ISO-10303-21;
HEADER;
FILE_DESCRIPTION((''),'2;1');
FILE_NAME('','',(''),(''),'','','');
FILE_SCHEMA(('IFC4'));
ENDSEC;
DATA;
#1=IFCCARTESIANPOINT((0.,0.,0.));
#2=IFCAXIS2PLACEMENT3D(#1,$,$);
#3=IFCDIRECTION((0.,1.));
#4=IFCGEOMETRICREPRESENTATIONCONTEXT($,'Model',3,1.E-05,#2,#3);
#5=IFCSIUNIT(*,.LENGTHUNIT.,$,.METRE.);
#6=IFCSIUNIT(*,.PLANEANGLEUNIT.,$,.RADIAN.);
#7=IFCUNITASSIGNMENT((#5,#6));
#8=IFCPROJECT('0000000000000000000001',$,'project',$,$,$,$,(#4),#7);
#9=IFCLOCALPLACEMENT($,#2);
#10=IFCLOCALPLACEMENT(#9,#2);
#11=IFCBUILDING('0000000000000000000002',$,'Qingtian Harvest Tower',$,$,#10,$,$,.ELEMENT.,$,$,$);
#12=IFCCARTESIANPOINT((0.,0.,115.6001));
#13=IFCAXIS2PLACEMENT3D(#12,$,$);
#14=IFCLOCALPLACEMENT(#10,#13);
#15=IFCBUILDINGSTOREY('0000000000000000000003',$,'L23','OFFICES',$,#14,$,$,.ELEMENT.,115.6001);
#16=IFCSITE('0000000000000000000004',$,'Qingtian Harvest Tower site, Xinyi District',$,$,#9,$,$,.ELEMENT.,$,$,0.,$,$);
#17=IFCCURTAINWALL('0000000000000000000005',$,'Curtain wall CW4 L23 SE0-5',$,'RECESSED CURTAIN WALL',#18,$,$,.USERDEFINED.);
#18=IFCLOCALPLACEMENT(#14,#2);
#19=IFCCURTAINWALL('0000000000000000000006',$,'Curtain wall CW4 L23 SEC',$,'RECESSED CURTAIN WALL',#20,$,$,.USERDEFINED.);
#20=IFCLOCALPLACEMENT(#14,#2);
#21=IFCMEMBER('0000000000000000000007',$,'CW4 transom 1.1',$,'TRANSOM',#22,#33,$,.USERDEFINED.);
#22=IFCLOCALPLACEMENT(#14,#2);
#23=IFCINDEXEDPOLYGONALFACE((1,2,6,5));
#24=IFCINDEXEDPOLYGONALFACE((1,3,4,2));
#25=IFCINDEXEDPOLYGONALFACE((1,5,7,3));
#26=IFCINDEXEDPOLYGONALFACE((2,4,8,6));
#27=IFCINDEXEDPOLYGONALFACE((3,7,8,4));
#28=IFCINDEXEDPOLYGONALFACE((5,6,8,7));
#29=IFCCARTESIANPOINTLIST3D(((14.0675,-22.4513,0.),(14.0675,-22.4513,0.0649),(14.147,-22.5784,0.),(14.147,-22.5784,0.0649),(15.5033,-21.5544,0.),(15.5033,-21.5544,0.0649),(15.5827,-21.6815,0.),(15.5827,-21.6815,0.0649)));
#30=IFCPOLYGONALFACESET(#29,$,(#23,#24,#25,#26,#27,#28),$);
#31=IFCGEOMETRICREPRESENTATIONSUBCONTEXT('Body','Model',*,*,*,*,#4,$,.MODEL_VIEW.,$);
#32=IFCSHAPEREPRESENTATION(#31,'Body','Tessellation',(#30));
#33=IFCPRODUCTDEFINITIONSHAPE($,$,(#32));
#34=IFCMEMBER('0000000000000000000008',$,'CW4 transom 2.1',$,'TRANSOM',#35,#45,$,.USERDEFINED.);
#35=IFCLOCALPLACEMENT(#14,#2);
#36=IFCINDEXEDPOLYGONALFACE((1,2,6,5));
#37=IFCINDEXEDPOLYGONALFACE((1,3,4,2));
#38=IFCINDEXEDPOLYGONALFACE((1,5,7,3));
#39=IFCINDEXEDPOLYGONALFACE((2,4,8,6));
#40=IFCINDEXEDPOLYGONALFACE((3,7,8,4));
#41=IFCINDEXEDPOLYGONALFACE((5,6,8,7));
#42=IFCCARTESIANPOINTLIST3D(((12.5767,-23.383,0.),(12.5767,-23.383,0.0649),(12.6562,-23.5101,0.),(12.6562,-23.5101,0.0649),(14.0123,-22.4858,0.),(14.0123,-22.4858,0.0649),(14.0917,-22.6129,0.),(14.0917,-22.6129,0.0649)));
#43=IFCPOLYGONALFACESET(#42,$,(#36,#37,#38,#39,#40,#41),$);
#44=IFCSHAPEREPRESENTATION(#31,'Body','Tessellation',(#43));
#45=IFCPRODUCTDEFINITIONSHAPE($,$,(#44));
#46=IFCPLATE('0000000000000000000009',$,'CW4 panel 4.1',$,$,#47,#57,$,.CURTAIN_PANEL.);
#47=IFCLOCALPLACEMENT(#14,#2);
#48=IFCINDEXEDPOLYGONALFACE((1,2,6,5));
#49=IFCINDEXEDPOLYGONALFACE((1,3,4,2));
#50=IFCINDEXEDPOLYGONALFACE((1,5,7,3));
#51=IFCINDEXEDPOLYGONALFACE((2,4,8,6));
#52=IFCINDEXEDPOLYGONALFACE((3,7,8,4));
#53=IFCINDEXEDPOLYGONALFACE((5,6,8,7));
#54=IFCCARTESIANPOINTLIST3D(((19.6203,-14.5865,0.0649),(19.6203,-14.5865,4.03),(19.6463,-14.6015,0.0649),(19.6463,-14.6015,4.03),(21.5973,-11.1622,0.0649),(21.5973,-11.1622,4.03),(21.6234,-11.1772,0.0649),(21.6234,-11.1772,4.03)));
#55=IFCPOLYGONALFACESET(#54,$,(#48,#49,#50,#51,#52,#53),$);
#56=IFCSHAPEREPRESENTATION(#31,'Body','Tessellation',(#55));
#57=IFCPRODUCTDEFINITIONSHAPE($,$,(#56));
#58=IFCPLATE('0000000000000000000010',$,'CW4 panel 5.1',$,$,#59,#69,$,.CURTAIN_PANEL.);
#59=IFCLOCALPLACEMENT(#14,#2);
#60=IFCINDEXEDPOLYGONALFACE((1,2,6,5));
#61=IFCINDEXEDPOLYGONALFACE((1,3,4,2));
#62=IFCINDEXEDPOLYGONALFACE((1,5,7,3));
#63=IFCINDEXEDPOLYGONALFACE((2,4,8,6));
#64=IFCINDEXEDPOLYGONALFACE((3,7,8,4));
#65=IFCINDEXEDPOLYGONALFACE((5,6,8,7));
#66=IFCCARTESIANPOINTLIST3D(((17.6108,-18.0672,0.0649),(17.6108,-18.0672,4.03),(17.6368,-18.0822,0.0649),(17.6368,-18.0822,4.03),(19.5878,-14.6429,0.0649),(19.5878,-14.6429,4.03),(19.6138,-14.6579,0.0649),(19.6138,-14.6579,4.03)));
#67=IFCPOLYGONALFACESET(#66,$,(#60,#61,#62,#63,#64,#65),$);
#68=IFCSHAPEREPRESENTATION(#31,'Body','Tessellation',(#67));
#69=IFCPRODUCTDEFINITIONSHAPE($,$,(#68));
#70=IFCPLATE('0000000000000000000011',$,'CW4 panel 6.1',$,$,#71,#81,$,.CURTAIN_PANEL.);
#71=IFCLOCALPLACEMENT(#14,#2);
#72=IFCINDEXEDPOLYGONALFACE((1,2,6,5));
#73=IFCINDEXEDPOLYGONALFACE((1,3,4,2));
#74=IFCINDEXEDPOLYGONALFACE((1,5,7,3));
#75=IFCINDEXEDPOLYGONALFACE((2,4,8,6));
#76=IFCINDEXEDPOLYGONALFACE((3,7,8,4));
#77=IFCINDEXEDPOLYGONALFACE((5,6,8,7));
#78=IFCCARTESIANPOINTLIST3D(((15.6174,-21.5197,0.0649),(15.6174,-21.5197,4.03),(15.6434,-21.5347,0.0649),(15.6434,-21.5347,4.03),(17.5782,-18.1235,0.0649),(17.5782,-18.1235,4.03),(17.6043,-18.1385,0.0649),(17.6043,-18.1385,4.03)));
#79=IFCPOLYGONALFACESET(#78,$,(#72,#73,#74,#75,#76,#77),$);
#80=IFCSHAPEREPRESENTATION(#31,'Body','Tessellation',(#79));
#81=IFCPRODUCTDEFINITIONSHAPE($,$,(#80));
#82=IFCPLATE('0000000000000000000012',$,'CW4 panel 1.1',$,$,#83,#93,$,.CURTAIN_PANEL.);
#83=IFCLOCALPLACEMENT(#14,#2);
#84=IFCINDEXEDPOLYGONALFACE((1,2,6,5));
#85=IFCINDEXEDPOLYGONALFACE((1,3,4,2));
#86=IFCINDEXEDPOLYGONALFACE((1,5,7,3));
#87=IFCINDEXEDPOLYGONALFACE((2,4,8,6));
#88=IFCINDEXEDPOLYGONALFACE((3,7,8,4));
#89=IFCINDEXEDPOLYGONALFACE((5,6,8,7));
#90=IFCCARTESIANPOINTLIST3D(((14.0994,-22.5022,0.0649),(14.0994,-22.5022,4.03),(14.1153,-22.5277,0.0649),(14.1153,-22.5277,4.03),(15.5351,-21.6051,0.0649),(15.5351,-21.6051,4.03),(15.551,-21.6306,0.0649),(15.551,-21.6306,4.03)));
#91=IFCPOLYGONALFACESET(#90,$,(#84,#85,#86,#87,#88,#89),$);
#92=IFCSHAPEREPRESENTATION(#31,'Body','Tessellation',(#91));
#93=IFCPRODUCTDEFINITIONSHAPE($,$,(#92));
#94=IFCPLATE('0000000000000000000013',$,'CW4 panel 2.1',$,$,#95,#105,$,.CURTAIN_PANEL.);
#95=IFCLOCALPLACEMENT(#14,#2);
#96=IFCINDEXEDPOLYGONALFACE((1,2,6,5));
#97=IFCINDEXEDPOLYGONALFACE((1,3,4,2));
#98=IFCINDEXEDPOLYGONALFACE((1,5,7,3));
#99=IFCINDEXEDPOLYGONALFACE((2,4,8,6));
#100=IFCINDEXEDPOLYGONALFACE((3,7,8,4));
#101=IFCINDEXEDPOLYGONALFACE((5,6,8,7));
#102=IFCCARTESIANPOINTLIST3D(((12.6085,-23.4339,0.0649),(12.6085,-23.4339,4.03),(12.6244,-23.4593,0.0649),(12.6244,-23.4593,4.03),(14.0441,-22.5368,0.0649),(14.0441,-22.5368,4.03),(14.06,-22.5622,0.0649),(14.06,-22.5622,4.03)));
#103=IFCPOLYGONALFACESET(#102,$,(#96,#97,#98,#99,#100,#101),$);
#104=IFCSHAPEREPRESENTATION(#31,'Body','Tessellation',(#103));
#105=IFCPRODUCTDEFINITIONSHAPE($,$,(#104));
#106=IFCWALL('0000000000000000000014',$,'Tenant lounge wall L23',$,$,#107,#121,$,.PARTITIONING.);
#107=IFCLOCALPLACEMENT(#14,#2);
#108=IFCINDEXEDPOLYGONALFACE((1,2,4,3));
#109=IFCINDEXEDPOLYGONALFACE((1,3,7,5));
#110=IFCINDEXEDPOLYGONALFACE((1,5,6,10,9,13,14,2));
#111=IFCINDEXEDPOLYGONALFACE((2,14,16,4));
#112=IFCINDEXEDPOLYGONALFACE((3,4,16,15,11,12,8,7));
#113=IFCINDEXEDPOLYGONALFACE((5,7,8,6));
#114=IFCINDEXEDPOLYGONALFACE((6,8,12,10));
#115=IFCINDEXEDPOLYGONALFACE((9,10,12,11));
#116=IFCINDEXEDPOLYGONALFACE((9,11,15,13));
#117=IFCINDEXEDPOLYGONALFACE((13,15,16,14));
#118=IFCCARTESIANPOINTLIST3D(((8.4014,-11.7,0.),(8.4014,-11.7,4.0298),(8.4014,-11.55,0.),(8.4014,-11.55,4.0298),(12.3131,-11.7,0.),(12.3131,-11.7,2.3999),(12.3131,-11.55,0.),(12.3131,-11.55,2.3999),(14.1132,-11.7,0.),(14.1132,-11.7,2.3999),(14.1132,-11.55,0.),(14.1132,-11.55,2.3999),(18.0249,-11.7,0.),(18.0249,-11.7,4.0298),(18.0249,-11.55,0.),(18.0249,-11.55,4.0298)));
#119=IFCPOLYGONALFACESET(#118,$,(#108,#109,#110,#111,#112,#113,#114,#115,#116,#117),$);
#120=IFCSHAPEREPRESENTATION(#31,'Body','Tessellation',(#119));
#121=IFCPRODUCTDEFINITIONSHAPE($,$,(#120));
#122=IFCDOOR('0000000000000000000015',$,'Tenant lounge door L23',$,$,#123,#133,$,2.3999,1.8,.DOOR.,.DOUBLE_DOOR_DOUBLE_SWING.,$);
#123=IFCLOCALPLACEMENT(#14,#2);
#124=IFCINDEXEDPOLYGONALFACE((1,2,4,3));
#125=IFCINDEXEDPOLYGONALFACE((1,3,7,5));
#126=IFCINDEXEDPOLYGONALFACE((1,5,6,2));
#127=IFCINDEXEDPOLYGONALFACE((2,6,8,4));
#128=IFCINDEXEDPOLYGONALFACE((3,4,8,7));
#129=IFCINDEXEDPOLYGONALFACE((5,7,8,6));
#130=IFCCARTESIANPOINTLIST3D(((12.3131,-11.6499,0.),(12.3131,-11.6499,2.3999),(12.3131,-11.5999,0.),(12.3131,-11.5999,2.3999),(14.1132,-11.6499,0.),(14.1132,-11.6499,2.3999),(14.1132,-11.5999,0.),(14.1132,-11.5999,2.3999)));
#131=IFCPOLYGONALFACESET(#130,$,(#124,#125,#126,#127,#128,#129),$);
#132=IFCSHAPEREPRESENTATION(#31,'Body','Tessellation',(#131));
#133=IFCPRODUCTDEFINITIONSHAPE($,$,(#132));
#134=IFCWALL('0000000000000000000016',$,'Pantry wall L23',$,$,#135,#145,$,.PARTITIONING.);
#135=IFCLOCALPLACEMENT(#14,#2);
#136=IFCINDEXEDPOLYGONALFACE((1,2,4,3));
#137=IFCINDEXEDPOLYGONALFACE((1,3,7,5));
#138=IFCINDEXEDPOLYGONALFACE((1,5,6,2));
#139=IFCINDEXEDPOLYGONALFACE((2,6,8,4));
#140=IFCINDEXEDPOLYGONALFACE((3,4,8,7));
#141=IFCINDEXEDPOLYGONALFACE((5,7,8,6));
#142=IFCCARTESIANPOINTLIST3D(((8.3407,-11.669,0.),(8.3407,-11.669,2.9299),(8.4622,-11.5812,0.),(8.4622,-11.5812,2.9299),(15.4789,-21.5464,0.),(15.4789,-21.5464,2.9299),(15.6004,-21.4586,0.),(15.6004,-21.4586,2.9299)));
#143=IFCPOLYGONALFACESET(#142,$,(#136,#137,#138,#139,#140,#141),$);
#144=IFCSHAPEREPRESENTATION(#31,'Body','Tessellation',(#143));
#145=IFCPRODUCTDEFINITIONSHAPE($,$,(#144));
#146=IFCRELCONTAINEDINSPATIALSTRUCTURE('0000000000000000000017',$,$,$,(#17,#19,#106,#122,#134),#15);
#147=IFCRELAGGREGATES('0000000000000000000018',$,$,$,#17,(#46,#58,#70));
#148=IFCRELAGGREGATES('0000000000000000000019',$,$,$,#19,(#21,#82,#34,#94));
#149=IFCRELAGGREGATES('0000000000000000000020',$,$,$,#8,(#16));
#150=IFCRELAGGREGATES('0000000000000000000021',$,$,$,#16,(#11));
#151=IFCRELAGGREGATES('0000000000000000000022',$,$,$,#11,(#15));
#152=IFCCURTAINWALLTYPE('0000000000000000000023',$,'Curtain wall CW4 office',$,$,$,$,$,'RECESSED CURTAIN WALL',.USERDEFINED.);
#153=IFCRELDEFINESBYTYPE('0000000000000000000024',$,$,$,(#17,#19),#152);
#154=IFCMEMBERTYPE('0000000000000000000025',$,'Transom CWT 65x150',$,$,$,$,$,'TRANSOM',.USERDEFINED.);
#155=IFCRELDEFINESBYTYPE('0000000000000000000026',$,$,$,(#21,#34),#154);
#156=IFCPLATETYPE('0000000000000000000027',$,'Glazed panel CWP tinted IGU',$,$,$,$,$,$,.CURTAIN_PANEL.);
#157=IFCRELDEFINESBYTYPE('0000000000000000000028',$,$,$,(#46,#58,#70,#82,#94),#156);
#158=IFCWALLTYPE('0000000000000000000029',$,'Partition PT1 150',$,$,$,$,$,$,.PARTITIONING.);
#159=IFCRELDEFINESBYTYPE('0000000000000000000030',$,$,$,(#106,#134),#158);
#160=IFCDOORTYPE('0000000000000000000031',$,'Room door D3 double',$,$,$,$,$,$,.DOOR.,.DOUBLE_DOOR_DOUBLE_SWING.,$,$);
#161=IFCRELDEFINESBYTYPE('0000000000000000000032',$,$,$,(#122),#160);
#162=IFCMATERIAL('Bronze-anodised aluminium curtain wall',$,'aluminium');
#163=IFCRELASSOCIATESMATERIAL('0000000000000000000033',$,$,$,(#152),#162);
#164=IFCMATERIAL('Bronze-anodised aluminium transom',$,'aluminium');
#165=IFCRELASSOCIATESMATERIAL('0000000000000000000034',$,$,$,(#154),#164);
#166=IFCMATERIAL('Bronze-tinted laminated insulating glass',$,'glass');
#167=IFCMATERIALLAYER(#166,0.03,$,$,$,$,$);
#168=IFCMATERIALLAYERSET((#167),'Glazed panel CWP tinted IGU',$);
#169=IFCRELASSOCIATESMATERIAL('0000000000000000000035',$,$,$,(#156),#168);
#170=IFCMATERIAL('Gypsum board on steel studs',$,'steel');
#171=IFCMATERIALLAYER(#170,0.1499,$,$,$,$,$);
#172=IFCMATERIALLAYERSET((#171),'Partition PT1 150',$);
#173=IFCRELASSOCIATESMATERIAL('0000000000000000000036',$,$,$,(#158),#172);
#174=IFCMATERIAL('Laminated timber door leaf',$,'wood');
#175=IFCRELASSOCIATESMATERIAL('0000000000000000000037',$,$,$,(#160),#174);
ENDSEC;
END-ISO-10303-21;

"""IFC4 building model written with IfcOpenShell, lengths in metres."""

from ifc_helpers import new_model, si_unit, direction, frame, frame_2d, origin, origin_2d, place, context, subcontext, project, spatial, rectangle, extrude, material, layer, layer_set, material_profile, profile_set, type_object, element, fill, aggregate, save


model = new_model("IFC4")

# Units and contexts
model_context = context("Model", 3, precision=1e-05, world=origin(), true_north=direction((0.0, 1.0)))
body_context = subcontext(model_context, "Body", "Model", "MODEL_VIEW")
ifc_project = project(units=[si_unit("LENGTHUNIT", "METRE"), si_unit("PLANEANGLEUNIT", "RADIAN")], contexts=[model_context])

# Site, building, storey
site_placement = place(None, origin())
site = spatial("IfcSite", under=ifc_project, at=site_placement, Name="Qingtian Harvest Tower site, Xinyi District", CompositionType="ELEMENT", RefElevation=0.0)
building_placement = place(site_placement, origin())
building = spatial("IfcBuilding", under=site, at=building_placement, Name="Qingtian Harvest Tower", CompositionType="ELEMENT")
storey_placement = place(building_placement, frame((0.0, 0.0, 115.6001)))
storey = spatial("IfcBuildingStorey", under=building, at=storey_placement, Name="L23", Description="OFFICES", CompositionType="ELEMENT", Elevation=115.6001)

# Curtain walls
ifc_material_1 = material(Name="Bronze-anodised aluminium curtain wall", Category="aluminium")
curtain_wall_type = type_object("IfcCurtainWallType", Name="Curtain wall CW4 office", ElementType="RECESSED CURTAIN WALL", PredefinedType="USERDEFINED", material=ifc_material_1)
curtain_wall_1_placement = place(storey_placement, origin())
curtain_wall_1 = element("IfcCurtainWall", 1, at=curtain_wall_1_placement, inside=storey, type_object=curtain_wall_type, Name="Curtain wall CW4 L23 SE0-5", ObjectType="RECESSED CURTAIN WALL", PredefinedType="USERDEFINED")
curtain_wall_2_placement = place(storey_placement, origin())
curtain_wall_2 = element("IfcCurtainWall", 2, at=curtain_wall_2_placement, inside=storey, type_object=curtain_wall_type, Name="Curtain wall CW4 L23 SEC", ObjectType="RECESSED CURTAIN WALL", PredefinedType="USERDEFINED")

# Members
ifc_material_2 = material(Name="Bronze-anodised aluminium transom", Category="aluminium")
ifc_material_profile_1 = material_profile(ifc_material_2, rectangle(XDim=0.1499, YDim=0.0649, at=origin_2d()), Name="AL 65x150")
ifc_profile_set_1 = profile_set([ifc_material_profile_1], Name="Bronze-anodised aluminium transom")
member_type_1 = type_object("IfcMemberType", Name="Transom CWT 65x150", ElementType="TRANSOM", PredefinedType="USERDEFINED", material=ifc_profile_set_1)
member_1_placement = place(storey_placement, frame((15.543, -21.6179, 0.0325), z_axis=(-0.848104, -0.52983, 0.0), x_axis=(0.52983, -0.848104, 0.0)))
member_1 = element("IfcMember", 3, at=member_1_placement, type_object=member_type_1, Name="CW4 transom 1.1", ObjectType="TRANSOM", PredefinedType="USERDEFINED", context=body_context, shape_type="SweptSolid", body=[
    extrude(rectangle(XDim=0.1499, YDim=0.0649, at=origin_2d()), origin(), (0.0, 0.0, 1.0), 1.6929),
])
member_2_placement = place(storey_placement, frame((14.052, -22.5493, 0.0325), z_axis=(-0.847998, -0.529999, 0.0), x_axis=(0.529999, -0.847998, 0.0)))
member_2 = element("IfcMember", 4, at=member_2_placement, type_object=member_type_1, Name="CW4 transom 2.1", ObjectType="TRANSOM", PredefinedType="USERDEFINED", context=body_context, shape_type="SweptSolid", body=[
    extrude(rectangle(XDim=0.1499, YDim=0.0649, at=origin_2d()), origin(), (0.0, 0.0, 1.0), 1.6929),
])

# Plates
ifc_material_3 = material(Name="Bronze-tinted laminated insulating glass", Category="glass")
ifc_layer_1 = layer(ifc_material_3, 0.03)
ifc_layer_set_1 = layer_set([ifc_layer_1], Name="Glazed panel CWP tinted IGU")
plate_type = type_object("IfcPlateType", Name="Glazed panel CWP tinted IGU", PredefinedType="CURTAIN_PANEL", material=ifc_layer_set_1)
plate_1_placement = place(storey_placement, frame((20.6218, -12.8818, 0.0649), z_axis=(0.0, 0.0, 1.0), x_axis=(-0.5, -0.866025, 0.0)))
plate_1 = element("IfcPlate", 5, at=plate_1_placement, type_object=plate_type, Name="CW4 panel 4.1", PredefinedType="CURTAIN_PANEL", context=body_context, shape_type="SweptSolid", body=[
    extrude(rectangle(XDim=3.9541, YDim=0.03, at=origin_2d()), origin(), (0.0, 0.0, 1.0), 3.9651),
])
plate_2_placement = place(storey_placement, frame((18.6123, -16.3625, 0.0649), z_axis=(0.0, 0.0, 1.0), x_axis=(-0.5, -0.866025, 0.0)))
plate_2 = element("IfcPlate", 6, at=plate_2_placement, type_object=plate_type, Name="CW4 panel 5.1", PredefinedType="CURTAIN_PANEL", context=body_context, shape_type="SweptSolid", body=[
    extrude(rectangle(XDim=3.9541, YDim=0.03, at=origin_2d()), origin(), (0.0, 0.0, 1.0), 3.9651),
])
plate_3_placement = place(storey_placement, frame((16.6108, -19.8291, 0.0649), z_axis=(0.0, 0.0, 1.0), x_axis=(-0.5, -0.866025, 0.0)))
plate_3 = element("IfcPlate", 7, at=plate_3_placement, type_object=plate_type, Name="CW4 panel 6.1", PredefinedType="CURTAIN_PANEL", context=body_context, shape_type="SweptSolid", body=[
    extrude(rectangle(XDim=3.9216, YDim=0.03, at=origin_2d()), origin(), (0.0, 0.0, 1.0), 3.9651),
])
aggregate(curtain_wall_1, [plate_1, plate_2, plate_3])
plate_4_placement = place(storey_placement, frame((14.8252, -22.0664, 0.0649), z_axis=(0.0, 0.0, 1.0), x_axis=(-0.848048, -0.529919, 0.0)))
plate_4 = element("IfcPlate", 8, at=plate_4_placement, type_object=plate_type, Name="CW4 panel 1.1", PredefinedType="CURTAIN_PANEL", context=body_context, shape_type="SweptSolid", body=[
    extrude(rectangle(XDim=1.6929, YDim=0.03, at=origin_2d()), origin(), (0.0, 0.0, 1.0), 3.9651),
])
plate_5_placement = place(storey_placement, frame((13.3342, -22.998, 0.0649), z_axis=(0.0, 0.0, 1.0), x_axis=(-0.848048, -0.529919, 0.0)))
plate_5 = element("IfcPlate", 9, at=plate_5_placement, type_object=plate_type, Name="CW4 panel 2.1", PredefinedType="CURTAIN_PANEL", context=body_context, shape_type="SweptSolid", body=[
    extrude(rectangle(XDim=1.6929, YDim=0.03, at=origin_2d()), origin(), (0.0, 0.0, 1.0), 3.9651),
])
aggregate(curtain_wall_2, [member_1, plate_4, member_2, plate_5])

# Wall, opening, door
ifc_material_4 = material(Name="Gypsum board on steel studs", Category="steel")
ifc_layer_2 = layer(ifc_material_4, 0.1499)
ifc_layer_set_2 = layer_set([ifc_layer_2], Name="Partition PT1 150")
wall_type = type_object("IfcWallType", Name="Partition PT1 150", PredefinedType="PARTITIONING", material=ifc_layer_set_2)
wall_1_placement = place(storey_placement, frame((18.0249, -11.625, 0.0), z_axis=(0.0, 0.0, 1.0), x_axis=(-1.0, 0.0, 0.0)))
wall_1 = element("IfcWall", 10, at=wall_1_placement, inside=storey, type_object=wall_type, Name="Tenant lounge wall L23", PredefinedType="PARTITIONING", context=body_context, shape_type="SweptSolid", body=[
    extrude(rectangle(XDim=9.6235, YDim=0.1499, at=frame_2d((4.8118, 0.0))), origin(), (0.0, 0.0, 1.0), 4.0298),
])
opening_placement = place(wall_1_placement, frame((3.9119, 0.0, 0.0)))
opening = element("IfcOpeningElement", 11, at=opening_placement, cuts=wall_1, PredefinedType="OPENING", context=body_context, shape_type="SweptSolid", body=[
    extrude(rectangle(XDim=1.8, YDim=2.3999, at=frame_2d((0.8999, 1.2))), frame((0.0, 0.085, 0.0), z_axis=(0.0, -1.0, 0.0), x_axis=(1.0, 0.0, 0.0)), (0.0, 0.0, 1.0), 0.1699),
])
ifc_material_5 = material(Name="Laminated timber door leaf", Category="wood")
door_type = type_object("IfcDoorType", Name="Room door D3 double", OperationType="DOUBLE_DOOR_DOUBLE_SWING", PredefinedType="DOOR", material=ifc_material_5)
door_placement = place(opening_placement, origin())
door = element("IfcDoor", 12, at=door_placement, inside=storey, type_object=door_type, Name="Tenant lounge door L23", OperationType="DOUBLE_DOOR_DOUBLE_SWING", OverallHeight=2.3999, OverallWidth=1.8, PredefinedType="DOOR", context=body_context, shape_type="SweptSolid", body=[
    extrude(rectangle(XDim=1.8, YDim=2.3999, at=frame_2d((0.8999, 1.2))), frame((0.0, 0.0249, 0.0), z_axis=(0.0, -1.0, 0.0), x_axis=(1.0, 0.0, 0.0)), (0.0, 0.0, 1.0), 0.05),
])
fill(opening, door)

# Wall
wall_2_placement = place(storey_placement, frame((15.5396, -21.5024, 0.0), z_axis=(0.0, 0.0, 1.0), x_axis=(-0.585732, 0.810505, 0.0)))
element("IfcWall", 13, at=wall_2_placement, inside=storey, type_object=wall_type, Name="Pantry wall L23", PredefinedType="PARTITIONING", context=body_context, shape_type="SweptSolid", body=[
    extrude(rectangle(XDim=12.1868, YDim=0.1499, at=frame_2d((6.0933, 0.0))), origin(), (0.0, 0.0, 1.0), 2.9299),
])

save(model, "model.ifc")
